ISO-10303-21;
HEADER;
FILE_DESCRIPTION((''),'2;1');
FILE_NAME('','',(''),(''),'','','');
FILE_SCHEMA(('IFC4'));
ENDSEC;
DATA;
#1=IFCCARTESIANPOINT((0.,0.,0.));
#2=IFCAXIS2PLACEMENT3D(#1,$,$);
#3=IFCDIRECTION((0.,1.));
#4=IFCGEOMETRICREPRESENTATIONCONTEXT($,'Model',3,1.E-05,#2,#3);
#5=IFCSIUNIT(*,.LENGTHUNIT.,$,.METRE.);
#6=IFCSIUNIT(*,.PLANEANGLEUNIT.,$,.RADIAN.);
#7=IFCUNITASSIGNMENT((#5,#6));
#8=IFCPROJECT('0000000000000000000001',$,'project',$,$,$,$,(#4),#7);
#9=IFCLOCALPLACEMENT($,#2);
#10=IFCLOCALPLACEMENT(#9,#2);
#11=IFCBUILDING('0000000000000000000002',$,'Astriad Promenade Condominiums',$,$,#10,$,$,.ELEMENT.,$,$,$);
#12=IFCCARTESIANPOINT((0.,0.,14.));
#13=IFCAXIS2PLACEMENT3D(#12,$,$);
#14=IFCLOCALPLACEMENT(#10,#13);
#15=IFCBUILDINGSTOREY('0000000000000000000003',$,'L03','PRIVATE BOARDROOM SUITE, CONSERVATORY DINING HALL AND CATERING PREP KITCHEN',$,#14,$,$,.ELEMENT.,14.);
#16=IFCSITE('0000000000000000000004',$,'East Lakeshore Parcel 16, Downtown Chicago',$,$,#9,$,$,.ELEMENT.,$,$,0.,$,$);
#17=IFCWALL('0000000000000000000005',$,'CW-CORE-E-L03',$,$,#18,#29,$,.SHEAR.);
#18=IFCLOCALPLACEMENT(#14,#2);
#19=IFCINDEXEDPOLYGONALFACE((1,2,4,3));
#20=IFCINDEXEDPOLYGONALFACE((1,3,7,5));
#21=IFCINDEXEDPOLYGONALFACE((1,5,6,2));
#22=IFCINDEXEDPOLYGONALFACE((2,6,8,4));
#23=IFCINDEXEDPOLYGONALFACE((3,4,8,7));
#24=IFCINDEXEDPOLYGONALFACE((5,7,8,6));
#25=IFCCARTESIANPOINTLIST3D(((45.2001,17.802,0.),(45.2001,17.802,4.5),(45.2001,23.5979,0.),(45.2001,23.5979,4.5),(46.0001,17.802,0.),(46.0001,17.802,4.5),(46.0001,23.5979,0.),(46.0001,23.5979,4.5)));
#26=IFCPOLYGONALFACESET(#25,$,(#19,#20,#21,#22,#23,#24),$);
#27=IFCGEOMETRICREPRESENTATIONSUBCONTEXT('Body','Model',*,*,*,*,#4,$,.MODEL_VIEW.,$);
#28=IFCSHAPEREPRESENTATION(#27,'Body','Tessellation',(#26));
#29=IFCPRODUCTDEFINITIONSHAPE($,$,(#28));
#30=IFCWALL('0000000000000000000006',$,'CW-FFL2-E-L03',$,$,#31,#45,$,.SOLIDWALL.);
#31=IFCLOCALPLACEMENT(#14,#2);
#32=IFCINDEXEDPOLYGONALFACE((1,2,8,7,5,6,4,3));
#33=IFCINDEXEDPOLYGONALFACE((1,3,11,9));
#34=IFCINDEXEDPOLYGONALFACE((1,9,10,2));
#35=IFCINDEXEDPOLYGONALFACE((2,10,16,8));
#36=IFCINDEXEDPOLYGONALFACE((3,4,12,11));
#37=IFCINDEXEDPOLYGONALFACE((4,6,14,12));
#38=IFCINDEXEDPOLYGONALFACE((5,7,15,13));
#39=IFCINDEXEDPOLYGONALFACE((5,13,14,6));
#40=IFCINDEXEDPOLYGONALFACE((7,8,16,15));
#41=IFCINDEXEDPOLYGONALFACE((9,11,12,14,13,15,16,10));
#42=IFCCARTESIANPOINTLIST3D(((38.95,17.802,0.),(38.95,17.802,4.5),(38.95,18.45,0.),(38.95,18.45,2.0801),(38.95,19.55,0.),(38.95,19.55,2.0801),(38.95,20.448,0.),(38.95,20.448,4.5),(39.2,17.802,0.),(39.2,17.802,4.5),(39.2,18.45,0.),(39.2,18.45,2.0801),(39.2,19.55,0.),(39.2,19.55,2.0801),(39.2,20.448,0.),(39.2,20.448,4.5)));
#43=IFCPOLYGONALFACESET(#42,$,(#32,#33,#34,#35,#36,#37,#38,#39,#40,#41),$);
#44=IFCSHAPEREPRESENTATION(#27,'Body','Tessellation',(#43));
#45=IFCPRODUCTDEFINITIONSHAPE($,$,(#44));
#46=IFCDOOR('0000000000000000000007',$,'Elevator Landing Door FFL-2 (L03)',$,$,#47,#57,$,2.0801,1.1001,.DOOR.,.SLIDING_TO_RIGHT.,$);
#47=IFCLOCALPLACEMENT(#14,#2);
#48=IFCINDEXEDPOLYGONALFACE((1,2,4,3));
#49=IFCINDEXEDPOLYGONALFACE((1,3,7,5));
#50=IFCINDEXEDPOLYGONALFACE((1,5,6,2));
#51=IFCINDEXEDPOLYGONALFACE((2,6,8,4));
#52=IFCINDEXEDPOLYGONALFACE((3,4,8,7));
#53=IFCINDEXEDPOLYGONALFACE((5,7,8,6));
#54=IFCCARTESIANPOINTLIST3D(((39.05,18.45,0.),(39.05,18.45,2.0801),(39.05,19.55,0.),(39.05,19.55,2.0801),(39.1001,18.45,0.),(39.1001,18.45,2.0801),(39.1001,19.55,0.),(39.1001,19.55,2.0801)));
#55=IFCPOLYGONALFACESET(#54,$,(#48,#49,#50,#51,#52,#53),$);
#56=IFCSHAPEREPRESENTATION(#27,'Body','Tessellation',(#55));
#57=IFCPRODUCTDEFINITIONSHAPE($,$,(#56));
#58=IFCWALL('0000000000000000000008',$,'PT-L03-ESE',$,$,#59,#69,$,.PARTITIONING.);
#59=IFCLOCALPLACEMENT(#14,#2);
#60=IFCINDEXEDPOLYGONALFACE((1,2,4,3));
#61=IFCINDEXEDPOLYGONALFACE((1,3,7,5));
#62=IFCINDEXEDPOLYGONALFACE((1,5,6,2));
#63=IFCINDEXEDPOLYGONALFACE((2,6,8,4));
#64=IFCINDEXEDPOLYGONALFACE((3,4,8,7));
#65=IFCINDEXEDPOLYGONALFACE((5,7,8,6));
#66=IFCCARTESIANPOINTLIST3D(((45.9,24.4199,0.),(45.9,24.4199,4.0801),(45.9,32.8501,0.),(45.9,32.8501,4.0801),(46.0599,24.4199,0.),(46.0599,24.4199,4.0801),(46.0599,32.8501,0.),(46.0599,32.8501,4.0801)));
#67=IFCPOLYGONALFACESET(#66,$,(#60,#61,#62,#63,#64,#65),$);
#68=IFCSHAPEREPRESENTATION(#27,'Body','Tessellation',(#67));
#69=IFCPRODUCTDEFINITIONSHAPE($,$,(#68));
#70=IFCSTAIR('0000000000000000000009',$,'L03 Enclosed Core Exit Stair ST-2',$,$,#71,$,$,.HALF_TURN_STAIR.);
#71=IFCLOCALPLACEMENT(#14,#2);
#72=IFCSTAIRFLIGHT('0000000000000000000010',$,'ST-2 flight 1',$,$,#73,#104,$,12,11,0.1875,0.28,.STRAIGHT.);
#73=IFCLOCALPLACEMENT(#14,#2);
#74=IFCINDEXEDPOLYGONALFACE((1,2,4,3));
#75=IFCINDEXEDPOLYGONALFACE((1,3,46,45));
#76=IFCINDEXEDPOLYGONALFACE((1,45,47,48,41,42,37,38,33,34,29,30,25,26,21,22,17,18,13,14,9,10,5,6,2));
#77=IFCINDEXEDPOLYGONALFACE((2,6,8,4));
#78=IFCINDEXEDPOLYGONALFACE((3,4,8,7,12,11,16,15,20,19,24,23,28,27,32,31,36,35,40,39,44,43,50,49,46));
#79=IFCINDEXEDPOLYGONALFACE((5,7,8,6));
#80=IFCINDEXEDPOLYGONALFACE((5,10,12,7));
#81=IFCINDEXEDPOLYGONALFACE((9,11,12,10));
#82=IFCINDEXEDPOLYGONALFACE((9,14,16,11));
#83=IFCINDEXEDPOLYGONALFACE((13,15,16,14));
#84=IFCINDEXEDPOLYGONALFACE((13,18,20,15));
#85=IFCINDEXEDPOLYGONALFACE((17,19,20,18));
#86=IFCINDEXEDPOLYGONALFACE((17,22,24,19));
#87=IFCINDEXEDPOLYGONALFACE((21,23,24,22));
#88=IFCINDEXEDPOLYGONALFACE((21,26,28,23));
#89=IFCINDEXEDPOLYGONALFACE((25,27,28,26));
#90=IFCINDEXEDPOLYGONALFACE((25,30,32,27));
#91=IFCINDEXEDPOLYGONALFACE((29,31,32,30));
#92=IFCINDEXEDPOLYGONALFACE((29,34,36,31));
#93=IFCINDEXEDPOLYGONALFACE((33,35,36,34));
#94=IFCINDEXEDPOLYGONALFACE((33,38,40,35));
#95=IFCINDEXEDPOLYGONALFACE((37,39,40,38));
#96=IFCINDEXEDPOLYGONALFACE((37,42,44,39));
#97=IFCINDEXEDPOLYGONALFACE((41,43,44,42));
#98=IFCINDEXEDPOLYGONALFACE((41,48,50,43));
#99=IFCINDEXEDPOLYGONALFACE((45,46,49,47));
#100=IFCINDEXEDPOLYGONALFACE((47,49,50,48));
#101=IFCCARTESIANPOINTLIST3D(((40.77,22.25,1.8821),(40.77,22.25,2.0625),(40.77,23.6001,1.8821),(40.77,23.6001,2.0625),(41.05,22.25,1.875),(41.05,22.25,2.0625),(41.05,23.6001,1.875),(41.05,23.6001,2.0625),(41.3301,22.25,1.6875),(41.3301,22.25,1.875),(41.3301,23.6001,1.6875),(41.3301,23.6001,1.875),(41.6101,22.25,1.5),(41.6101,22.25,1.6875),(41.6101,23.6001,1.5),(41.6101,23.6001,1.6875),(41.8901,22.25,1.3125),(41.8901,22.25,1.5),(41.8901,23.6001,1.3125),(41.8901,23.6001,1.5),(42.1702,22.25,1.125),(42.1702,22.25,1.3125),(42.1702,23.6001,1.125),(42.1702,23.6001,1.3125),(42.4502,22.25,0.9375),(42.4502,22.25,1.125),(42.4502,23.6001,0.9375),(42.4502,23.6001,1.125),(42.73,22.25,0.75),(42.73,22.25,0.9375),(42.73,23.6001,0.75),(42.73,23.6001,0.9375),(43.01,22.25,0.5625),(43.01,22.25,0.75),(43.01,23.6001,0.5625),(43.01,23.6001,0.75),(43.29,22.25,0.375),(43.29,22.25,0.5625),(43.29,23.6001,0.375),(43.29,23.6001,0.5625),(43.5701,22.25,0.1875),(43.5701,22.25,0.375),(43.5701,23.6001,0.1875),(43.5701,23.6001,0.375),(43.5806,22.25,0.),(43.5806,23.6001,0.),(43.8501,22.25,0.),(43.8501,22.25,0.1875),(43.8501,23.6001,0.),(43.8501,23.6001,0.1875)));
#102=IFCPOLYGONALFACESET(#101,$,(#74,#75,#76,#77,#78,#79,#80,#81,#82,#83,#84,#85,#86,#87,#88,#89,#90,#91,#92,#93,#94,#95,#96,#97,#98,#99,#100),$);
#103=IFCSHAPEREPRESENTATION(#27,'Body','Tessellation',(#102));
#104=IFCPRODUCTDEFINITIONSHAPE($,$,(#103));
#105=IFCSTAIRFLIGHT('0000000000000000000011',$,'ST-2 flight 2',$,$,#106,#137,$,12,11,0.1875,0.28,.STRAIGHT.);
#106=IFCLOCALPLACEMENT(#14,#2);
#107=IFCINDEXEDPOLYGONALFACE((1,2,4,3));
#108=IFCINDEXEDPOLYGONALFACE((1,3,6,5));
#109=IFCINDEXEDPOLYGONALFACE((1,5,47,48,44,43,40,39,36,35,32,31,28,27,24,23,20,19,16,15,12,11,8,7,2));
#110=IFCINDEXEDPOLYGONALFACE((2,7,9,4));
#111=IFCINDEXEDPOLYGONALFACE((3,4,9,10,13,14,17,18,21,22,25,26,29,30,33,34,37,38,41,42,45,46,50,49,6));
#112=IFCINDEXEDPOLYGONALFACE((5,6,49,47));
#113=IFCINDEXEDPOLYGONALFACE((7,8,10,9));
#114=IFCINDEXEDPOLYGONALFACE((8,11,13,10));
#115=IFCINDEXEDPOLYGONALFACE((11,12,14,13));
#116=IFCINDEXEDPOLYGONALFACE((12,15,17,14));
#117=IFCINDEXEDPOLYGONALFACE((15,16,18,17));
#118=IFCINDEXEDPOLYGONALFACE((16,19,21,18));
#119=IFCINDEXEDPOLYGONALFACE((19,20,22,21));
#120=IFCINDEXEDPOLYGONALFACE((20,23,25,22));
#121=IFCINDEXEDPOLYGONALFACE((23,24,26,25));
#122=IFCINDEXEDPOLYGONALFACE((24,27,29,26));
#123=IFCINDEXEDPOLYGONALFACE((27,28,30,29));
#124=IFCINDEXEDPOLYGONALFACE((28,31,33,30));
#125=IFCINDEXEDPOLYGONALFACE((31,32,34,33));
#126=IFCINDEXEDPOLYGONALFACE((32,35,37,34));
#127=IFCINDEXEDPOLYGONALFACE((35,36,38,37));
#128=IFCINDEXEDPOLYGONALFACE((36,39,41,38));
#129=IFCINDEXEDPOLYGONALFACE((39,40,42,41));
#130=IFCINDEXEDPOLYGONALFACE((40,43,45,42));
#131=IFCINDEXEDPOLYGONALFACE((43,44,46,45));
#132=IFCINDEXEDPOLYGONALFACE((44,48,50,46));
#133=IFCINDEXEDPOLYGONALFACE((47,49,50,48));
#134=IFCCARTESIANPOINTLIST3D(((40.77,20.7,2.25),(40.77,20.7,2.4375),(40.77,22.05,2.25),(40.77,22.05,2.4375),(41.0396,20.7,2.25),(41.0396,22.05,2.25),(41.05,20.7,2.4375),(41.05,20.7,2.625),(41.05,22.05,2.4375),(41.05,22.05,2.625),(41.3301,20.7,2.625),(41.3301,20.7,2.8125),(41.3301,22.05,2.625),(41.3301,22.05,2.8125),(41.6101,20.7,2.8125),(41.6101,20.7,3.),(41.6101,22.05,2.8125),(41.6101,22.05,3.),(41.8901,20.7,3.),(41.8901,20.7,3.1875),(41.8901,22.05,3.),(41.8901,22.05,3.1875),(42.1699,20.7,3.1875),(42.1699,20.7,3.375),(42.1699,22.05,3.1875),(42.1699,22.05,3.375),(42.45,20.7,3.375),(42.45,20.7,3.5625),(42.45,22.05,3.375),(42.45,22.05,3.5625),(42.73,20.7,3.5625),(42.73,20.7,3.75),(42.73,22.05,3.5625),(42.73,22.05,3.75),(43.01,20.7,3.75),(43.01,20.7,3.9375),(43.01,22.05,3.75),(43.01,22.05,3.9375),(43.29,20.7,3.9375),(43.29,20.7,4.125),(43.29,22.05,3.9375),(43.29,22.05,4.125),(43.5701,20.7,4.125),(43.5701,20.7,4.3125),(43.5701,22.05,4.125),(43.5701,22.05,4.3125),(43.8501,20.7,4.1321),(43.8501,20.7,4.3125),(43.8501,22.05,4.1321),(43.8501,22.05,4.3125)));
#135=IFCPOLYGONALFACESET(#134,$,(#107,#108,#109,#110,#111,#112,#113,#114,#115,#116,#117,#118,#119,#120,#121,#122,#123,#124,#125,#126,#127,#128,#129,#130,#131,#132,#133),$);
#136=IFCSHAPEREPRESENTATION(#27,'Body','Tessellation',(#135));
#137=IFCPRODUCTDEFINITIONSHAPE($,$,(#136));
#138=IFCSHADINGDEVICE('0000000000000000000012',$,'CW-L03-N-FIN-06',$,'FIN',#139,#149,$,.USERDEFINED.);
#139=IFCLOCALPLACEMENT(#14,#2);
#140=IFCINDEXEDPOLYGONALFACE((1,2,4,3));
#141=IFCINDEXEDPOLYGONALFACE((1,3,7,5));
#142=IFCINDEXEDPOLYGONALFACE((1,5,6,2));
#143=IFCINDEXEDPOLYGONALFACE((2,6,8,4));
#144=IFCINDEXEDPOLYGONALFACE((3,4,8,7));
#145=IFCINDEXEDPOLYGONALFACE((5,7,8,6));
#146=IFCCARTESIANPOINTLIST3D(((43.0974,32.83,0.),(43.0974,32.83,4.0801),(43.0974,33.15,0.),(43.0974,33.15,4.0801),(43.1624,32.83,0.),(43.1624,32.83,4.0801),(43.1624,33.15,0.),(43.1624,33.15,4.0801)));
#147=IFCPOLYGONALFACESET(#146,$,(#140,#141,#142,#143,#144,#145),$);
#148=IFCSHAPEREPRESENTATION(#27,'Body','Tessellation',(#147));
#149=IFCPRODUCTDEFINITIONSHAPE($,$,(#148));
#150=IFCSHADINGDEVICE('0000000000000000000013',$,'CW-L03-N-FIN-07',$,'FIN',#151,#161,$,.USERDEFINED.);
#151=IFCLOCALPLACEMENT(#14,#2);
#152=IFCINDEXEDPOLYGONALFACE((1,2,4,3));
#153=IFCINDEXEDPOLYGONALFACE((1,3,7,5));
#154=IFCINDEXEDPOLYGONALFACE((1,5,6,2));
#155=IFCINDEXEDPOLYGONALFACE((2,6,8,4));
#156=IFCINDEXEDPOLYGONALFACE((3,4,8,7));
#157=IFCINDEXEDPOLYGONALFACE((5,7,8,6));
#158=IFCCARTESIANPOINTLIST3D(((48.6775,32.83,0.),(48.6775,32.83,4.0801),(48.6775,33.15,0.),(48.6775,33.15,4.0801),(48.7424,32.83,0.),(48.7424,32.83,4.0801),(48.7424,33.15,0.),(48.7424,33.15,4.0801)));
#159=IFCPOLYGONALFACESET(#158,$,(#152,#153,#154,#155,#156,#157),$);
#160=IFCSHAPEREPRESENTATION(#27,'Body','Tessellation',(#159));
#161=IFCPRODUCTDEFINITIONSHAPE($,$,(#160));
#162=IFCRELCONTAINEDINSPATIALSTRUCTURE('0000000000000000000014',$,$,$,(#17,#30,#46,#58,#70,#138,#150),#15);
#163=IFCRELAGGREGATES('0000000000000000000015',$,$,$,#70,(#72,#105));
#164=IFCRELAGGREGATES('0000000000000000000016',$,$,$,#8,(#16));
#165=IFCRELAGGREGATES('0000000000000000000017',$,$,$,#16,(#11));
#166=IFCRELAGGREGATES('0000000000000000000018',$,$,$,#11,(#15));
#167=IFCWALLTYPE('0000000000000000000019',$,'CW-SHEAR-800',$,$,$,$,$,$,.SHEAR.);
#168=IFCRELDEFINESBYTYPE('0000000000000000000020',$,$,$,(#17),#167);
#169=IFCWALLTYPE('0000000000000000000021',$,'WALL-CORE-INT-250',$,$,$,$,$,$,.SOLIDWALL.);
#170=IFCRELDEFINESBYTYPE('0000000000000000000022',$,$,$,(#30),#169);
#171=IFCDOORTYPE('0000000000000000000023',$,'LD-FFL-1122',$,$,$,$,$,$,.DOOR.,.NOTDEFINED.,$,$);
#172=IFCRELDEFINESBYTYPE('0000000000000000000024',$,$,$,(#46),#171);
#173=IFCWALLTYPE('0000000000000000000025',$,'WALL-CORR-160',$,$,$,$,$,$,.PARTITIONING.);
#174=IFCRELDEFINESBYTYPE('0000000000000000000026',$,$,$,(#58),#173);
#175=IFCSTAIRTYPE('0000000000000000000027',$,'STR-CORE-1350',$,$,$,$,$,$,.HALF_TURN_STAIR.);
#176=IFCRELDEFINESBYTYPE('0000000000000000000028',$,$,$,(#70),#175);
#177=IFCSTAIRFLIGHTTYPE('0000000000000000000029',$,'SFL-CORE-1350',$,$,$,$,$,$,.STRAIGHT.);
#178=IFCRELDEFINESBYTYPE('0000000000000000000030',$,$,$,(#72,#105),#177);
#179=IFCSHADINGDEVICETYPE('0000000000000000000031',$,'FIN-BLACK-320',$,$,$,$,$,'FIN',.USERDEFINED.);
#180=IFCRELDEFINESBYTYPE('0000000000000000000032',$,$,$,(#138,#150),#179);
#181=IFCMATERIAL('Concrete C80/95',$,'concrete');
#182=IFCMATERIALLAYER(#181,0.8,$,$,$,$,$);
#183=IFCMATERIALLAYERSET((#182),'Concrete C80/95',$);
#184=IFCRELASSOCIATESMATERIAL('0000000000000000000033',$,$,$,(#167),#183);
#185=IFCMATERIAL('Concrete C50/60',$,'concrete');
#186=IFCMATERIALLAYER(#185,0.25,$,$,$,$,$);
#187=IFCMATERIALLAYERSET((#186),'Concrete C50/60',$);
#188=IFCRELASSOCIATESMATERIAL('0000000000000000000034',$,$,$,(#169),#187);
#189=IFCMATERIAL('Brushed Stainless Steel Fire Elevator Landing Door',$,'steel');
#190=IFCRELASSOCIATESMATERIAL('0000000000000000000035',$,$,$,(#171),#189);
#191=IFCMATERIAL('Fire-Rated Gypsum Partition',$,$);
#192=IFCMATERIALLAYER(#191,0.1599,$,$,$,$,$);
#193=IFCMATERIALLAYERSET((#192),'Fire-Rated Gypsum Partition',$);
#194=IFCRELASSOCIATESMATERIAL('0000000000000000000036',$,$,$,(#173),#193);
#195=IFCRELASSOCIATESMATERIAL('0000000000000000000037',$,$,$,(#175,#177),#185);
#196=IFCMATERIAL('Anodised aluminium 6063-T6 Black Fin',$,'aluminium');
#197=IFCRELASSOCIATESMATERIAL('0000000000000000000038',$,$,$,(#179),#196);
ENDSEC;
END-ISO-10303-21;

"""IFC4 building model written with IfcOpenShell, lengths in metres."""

from ifc_helpers import new_model, si_unit, direction, frame, frame_2d, origin, origin_2d, place, context, subcontext, project, spatial, polyline, rectangle, outline, extrude, source, transform, mapped, material, layer, layer_set, type_object, type_shapes, element, fill, aggregate, save


model = new_model("IFC4")

# Units and contexts
model_context = context("Model", 3, precision=1e-05, world=origin(), true_north=direction((0.0, 1.0)))
body_context = subcontext(model_context, "Body", "Model", "MODEL_VIEW")
ifc_project = project(units=[si_unit("LENGTHUNIT", "METRE"), si_unit("PLANEANGLEUNIT", "RADIAN")], contexts=[model_context])

# Site, building, storey
site_placement = place(None, origin())
site = spatial("IfcSite", under=ifc_project, at=site_placement, Name="East Lakeshore Parcel 16, Downtown Chicago", CompositionType="ELEMENT", RefElevation=0.0)
building_placement = place(site_placement, origin())
building = spatial("IfcBuilding", under=site, at=building_placement, Name="Astriad Promenade Condominiums", CompositionType="ELEMENT")
storey_placement = place(building_placement, frame((0.0, 0.0, 14.0)))
storey = spatial("IfcBuildingStorey", under=building, at=storey_placement, Name="L03", Description="PRIVATE BOARDROOM SUITE, CONSERVATORY DINING HALL AND CATERING PREP KITCHEN", CompositionType="ELEMENT", Elevation=14.0)

# Wall
ifc_material_1 = material(Name="Concrete C80/95", Category="concrete")
ifc_layer_1 = layer(ifc_material_1, 0.8)
ifc_layer_set_1 = layer_set([ifc_layer_1], Name="Concrete C80/95")
wall_type_1 = type_object("IfcWallType", Name="CW-SHEAR-800", PredefinedType="SHEAR", material=ifc_layer_set_1)
wall_1_placement = place(storey_placement, frame((45.6001, 17.802, 0.0), z_axis=(0.0, 0.0, 1.0), x_axis=(0.0, 1.0, 0.0)))
element("IfcWall", 1, at=wall_1_placement, inside=storey, type_object=wall_type_1, Name="CW-CORE-E-L03", PredefinedType="SHEAR", context=body_context, shape_type="SweptSolid", body=[
    extrude(rectangle(XDim=5.7959, YDim=0.8, at=frame_2d((2.8979, 0.0))), origin(), (0.0, 0.0, 1.0), 4.5),
])

# Wall, opening, door
ifc_material_2 = material(Name="Concrete C50/60", Category="concrete")
ifc_layer_2 = layer(ifc_material_2, 0.25)
ifc_layer_set_2 = layer_set([ifc_layer_2], Name="Concrete C50/60")
wall_type_2 = type_object("IfcWallType", Name="WALL-CORE-INT-250", PredefinedType="SOLIDWALL", material=ifc_layer_set_2)
wall_2_placement = place(storey_placement, frame((39.075, 17.802, 0.0), z_axis=(0.0, 0.0, 1.0), x_axis=(0.0, 1.0, 0.0)))
wall_2 = element("IfcWall", 2, at=wall_2_placement, inside=storey, type_object=wall_type_2, Name="CW-FFL2-E-L03", PredefinedType="SOLIDWALL", context=body_context, shape_type="SweptSolid", body=[
    extrude(rectangle(XDim=2.646, YDim=0.25, at=frame_2d((1.323, 0.0))), origin(), (0.0, 0.0, 1.0), 4.5),
])
opening_placement = place(wall_2_placement, frame((0.6479, 0.0, 0.0)))
opening = element("IfcOpeningElement", 3, at=opening_placement, cuts=wall_2, PredefinedType="OPENING", context=body_context, shape_type="SweptSolid", body=[
    extrude(rectangle(XDim=1.1001, YDim=2.0801, at=frame_2d((0.55, 1.04))), frame((0.0, 0.135, 0.0), z_axis=(0.0, -1.0, 0.0), x_axis=(1.0, 0.0, 0.0)), (0.0, 0.0, 1.0), 0.27),
])
ifc_material_3 = material(Name="Brushed Stainless Steel Fire Elevator Landing Door", Category="steel")
door_type = type_object("IfcDoorType", Name="LD-FFL-1122", OperationType="NOTDEFINED", PredefinedType="DOOR", material=ifc_material_3)
shared_shape_1 = source(origin(), body_context, "Body", "SweptSolid", [
    extrude(rectangle(XDim=1.1001, YDim=2.0801, at=frame_2d((0.55, 1.04))), frame((0.0, 0.0249, 0.0), z_axis=(0.0, -1.0, 0.0), x_axis=(1.0, 0.0, 0.0)), (0.0, 0.0, 1.0), 0.05),
])
type_shapes(door_type, [shared_shape_1])
door_placement = place(opening_placement, origin())
door = element("IfcDoor", 4, at=door_placement, inside=storey, type_object=door_type, Name="Elevator Landing Door FFL-2 (L03)", OperationType="SLIDING_TO_RIGHT", OverallHeight=2.0801, OverallWidth=1.1001, PredefinedType="DOOR", context=body_context, shape_type="MappedRepresentation", body=[
    mapped(shared_shape_1, transform((0.0, 0.0, 0.0), scale=1.0)),
])
fill(opening, door)

# Wall
ifc_material_4 = material(Name="Fire-Rated Gypsum Partition")
ifc_layer_3 = layer(ifc_material_4, 0.1599)
ifc_layer_set_3 = layer_set([ifc_layer_3], Name="Fire-Rated Gypsum Partition")
wall_type_3 = type_object("IfcWallType", Name="WALL-CORR-160", PredefinedType="PARTITIONING", material=ifc_layer_set_3)
wall_3_placement = place(storey_placement, frame((45.98, 24.4199, 0.0), z_axis=(0.0, 0.0, 1.0), x_axis=(0.0, 1.0, 0.0)))
element("IfcWall", 5, at=wall_3_placement, inside=storey, type_object=wall_type_3, Name="PT-L03-ESE", PredefinedType="PARTITIONING", context=body_context, shape_type="SweptSolid", body=[
    extrude(rectangle(XDim=8.4302, YDim=0.1599, at=frame_2d((4.2151, 0.0))), origin(), (0.0, 0.0, 1.0), 4.0801),
])

# Stair, stair flights
stair_type = type_object("IfcStairType", Name="STR-CORE-1350", PredefinedType="HALF_TURN_STAIR", material=ifc_material_2)
stair_placement = place(storey_placement, origin())
stair = element("IfcStair", 6, at=stair_placement, inside=storey, type_object=stair_type, Name="L03 Enclosed Core Exit Stair ST-2", PredefinedType="HALF_TURN_STAIR")
stair_flight_type = type_object("IfcStairFlightType", Name="SFL-CORE-1350", PredefinedType="STRAIGHT", material=ifc_material_2)
shared_shape_2 = source(origin(), body_context, "Body", "SweptSolid", [
    extrude(outline(polyline([(0.0, 0.0), (0.0, 0.1875), (0.28, 0.1875), (0.28, 0.375), (0.5601, 0.375), (0.5601, 0.5625), (0.8401, 0.5625), (0.8401, 0.75), (1.1201, 0.75), (1.1201, 0.9375), (1.3999, 0.9375), (1.3999, 1.125), (1.6799, 1.125), (1.6799, 1.3125), (1.96, 1.3125), (1.96, 1.5), (2.24, 1.5), (2.24, 1.6875), (2.52, 1.6875), (2.52, 1.875), (2.8, 1.875), (2.8, 2.0625), (3.0801, 2.0625), (3.0801, 2.25), (3.0801, 1.8821), (0.2695, 0.0), (0.0, 0.0)])), frame((0.0, 0.675, 0.0), z_axis=(0.0, -1.0, 0.0), x_axis=(1.0, 0.0, 0.0)), (0.0, 0.0, 1.0), 1.3501),
])
type_shapes(stair_flight_type, [shared_shape_2])
stair_flight_1_placement = place(storey_placement, frame((43.8501, 22.925, 0.0), z_axis=(0.0, 0.0, 1.0), x_axis=(-1.0, 0.0, 0.0)))
stair_flight_1 = element("IfcStairFlight", 7, at=stair_flight_1_placement, type_object=stair_flight_type, Name="ST-2 flight 1", NumberOfRisers=12, NumberOfTreads=11, PredefinedType="STRAIGHT", RiserHeight=0.1875, TreadLength=0.28, context=body_context, shape_type="MappedRepresentation", body=[
    mapped(shared_shape_2, transform((0.0, 0.0, 0.0), scale=1.0)),
])
stair_flight_2_placement = place(storey_placement, frame((40.77, 21.375, 2.25), z_axis=(0.0, 0.0, 1.0), x_axis=(1.0, 0.0, 0.0)))
stair_flight_2 = element("IfcStairFlight", 8, at=stair_flight_2_placement, type_object=stair_flight_type, Name="ST-2 flight 2", NumberOfRisers=12, NumberOfTreads=11, PredefinedType="STRAIGHT", RiserHeight=0.1875, TreadLength=0.28, context=body_context, shape_type="MappedRepresentation", body=[
    mapped(shared_shape_2, transform((0.0, 0.0, 0.0), scale=1.0)),
])
aggregate(stair, [stair_flight_1, stair_flight_2])

# Shading devices
ifc_material_5 = material(Name="Anodised aluminium 6063-T6 Black Fin", Category="aluminium")
shading_device_type = type_object("IfcShadingDeviceType", Name="FIN-BLACK-320", ElementType="FIN", PredefinedType="USERDEFINED", material=ifc_material_5)
shared_shape_3 = source(origin(), body_context, "Body", "SweptSolid", [
    extrude(rectangle(XDim=0.0649, YDim=0.3201, at=origin_2d()), origin(), (0.0, 0.0, 1.0), 4.0801),
])
type_shapes(shading_device_type, [shared_shape_3])
for number, where, z_axis, x_axis, name in (
    (9, (43.1299, 32.99, 0.0), (0.0, 0.0, 1.0), (1.0, 0.0, 0.0), "CW-L03-N-FIN-06"),
    (10, (48.71, 32.99, 0.0), (0.0, 0.0, 1.0), (1.0, 0.0, 0.0), "CW-L03-N-FIN-07"),
):
    element("IfcShadingDevice", number, at=place(storey_placement, frame(where, z_axis=z_axis, x_axis=x_axis)), inside=storey, type_object=shading_device_type, Name=name, ObjectType="FIN", PredefinedType="USERDEFINED", context=body_context, shape_type="MappedRepresentation", body=[
        mapped(shared_shape_3, transform((0.0, 0.0, 0.0), scale=1.0)),
    ])

save(model, "model.ifc")
